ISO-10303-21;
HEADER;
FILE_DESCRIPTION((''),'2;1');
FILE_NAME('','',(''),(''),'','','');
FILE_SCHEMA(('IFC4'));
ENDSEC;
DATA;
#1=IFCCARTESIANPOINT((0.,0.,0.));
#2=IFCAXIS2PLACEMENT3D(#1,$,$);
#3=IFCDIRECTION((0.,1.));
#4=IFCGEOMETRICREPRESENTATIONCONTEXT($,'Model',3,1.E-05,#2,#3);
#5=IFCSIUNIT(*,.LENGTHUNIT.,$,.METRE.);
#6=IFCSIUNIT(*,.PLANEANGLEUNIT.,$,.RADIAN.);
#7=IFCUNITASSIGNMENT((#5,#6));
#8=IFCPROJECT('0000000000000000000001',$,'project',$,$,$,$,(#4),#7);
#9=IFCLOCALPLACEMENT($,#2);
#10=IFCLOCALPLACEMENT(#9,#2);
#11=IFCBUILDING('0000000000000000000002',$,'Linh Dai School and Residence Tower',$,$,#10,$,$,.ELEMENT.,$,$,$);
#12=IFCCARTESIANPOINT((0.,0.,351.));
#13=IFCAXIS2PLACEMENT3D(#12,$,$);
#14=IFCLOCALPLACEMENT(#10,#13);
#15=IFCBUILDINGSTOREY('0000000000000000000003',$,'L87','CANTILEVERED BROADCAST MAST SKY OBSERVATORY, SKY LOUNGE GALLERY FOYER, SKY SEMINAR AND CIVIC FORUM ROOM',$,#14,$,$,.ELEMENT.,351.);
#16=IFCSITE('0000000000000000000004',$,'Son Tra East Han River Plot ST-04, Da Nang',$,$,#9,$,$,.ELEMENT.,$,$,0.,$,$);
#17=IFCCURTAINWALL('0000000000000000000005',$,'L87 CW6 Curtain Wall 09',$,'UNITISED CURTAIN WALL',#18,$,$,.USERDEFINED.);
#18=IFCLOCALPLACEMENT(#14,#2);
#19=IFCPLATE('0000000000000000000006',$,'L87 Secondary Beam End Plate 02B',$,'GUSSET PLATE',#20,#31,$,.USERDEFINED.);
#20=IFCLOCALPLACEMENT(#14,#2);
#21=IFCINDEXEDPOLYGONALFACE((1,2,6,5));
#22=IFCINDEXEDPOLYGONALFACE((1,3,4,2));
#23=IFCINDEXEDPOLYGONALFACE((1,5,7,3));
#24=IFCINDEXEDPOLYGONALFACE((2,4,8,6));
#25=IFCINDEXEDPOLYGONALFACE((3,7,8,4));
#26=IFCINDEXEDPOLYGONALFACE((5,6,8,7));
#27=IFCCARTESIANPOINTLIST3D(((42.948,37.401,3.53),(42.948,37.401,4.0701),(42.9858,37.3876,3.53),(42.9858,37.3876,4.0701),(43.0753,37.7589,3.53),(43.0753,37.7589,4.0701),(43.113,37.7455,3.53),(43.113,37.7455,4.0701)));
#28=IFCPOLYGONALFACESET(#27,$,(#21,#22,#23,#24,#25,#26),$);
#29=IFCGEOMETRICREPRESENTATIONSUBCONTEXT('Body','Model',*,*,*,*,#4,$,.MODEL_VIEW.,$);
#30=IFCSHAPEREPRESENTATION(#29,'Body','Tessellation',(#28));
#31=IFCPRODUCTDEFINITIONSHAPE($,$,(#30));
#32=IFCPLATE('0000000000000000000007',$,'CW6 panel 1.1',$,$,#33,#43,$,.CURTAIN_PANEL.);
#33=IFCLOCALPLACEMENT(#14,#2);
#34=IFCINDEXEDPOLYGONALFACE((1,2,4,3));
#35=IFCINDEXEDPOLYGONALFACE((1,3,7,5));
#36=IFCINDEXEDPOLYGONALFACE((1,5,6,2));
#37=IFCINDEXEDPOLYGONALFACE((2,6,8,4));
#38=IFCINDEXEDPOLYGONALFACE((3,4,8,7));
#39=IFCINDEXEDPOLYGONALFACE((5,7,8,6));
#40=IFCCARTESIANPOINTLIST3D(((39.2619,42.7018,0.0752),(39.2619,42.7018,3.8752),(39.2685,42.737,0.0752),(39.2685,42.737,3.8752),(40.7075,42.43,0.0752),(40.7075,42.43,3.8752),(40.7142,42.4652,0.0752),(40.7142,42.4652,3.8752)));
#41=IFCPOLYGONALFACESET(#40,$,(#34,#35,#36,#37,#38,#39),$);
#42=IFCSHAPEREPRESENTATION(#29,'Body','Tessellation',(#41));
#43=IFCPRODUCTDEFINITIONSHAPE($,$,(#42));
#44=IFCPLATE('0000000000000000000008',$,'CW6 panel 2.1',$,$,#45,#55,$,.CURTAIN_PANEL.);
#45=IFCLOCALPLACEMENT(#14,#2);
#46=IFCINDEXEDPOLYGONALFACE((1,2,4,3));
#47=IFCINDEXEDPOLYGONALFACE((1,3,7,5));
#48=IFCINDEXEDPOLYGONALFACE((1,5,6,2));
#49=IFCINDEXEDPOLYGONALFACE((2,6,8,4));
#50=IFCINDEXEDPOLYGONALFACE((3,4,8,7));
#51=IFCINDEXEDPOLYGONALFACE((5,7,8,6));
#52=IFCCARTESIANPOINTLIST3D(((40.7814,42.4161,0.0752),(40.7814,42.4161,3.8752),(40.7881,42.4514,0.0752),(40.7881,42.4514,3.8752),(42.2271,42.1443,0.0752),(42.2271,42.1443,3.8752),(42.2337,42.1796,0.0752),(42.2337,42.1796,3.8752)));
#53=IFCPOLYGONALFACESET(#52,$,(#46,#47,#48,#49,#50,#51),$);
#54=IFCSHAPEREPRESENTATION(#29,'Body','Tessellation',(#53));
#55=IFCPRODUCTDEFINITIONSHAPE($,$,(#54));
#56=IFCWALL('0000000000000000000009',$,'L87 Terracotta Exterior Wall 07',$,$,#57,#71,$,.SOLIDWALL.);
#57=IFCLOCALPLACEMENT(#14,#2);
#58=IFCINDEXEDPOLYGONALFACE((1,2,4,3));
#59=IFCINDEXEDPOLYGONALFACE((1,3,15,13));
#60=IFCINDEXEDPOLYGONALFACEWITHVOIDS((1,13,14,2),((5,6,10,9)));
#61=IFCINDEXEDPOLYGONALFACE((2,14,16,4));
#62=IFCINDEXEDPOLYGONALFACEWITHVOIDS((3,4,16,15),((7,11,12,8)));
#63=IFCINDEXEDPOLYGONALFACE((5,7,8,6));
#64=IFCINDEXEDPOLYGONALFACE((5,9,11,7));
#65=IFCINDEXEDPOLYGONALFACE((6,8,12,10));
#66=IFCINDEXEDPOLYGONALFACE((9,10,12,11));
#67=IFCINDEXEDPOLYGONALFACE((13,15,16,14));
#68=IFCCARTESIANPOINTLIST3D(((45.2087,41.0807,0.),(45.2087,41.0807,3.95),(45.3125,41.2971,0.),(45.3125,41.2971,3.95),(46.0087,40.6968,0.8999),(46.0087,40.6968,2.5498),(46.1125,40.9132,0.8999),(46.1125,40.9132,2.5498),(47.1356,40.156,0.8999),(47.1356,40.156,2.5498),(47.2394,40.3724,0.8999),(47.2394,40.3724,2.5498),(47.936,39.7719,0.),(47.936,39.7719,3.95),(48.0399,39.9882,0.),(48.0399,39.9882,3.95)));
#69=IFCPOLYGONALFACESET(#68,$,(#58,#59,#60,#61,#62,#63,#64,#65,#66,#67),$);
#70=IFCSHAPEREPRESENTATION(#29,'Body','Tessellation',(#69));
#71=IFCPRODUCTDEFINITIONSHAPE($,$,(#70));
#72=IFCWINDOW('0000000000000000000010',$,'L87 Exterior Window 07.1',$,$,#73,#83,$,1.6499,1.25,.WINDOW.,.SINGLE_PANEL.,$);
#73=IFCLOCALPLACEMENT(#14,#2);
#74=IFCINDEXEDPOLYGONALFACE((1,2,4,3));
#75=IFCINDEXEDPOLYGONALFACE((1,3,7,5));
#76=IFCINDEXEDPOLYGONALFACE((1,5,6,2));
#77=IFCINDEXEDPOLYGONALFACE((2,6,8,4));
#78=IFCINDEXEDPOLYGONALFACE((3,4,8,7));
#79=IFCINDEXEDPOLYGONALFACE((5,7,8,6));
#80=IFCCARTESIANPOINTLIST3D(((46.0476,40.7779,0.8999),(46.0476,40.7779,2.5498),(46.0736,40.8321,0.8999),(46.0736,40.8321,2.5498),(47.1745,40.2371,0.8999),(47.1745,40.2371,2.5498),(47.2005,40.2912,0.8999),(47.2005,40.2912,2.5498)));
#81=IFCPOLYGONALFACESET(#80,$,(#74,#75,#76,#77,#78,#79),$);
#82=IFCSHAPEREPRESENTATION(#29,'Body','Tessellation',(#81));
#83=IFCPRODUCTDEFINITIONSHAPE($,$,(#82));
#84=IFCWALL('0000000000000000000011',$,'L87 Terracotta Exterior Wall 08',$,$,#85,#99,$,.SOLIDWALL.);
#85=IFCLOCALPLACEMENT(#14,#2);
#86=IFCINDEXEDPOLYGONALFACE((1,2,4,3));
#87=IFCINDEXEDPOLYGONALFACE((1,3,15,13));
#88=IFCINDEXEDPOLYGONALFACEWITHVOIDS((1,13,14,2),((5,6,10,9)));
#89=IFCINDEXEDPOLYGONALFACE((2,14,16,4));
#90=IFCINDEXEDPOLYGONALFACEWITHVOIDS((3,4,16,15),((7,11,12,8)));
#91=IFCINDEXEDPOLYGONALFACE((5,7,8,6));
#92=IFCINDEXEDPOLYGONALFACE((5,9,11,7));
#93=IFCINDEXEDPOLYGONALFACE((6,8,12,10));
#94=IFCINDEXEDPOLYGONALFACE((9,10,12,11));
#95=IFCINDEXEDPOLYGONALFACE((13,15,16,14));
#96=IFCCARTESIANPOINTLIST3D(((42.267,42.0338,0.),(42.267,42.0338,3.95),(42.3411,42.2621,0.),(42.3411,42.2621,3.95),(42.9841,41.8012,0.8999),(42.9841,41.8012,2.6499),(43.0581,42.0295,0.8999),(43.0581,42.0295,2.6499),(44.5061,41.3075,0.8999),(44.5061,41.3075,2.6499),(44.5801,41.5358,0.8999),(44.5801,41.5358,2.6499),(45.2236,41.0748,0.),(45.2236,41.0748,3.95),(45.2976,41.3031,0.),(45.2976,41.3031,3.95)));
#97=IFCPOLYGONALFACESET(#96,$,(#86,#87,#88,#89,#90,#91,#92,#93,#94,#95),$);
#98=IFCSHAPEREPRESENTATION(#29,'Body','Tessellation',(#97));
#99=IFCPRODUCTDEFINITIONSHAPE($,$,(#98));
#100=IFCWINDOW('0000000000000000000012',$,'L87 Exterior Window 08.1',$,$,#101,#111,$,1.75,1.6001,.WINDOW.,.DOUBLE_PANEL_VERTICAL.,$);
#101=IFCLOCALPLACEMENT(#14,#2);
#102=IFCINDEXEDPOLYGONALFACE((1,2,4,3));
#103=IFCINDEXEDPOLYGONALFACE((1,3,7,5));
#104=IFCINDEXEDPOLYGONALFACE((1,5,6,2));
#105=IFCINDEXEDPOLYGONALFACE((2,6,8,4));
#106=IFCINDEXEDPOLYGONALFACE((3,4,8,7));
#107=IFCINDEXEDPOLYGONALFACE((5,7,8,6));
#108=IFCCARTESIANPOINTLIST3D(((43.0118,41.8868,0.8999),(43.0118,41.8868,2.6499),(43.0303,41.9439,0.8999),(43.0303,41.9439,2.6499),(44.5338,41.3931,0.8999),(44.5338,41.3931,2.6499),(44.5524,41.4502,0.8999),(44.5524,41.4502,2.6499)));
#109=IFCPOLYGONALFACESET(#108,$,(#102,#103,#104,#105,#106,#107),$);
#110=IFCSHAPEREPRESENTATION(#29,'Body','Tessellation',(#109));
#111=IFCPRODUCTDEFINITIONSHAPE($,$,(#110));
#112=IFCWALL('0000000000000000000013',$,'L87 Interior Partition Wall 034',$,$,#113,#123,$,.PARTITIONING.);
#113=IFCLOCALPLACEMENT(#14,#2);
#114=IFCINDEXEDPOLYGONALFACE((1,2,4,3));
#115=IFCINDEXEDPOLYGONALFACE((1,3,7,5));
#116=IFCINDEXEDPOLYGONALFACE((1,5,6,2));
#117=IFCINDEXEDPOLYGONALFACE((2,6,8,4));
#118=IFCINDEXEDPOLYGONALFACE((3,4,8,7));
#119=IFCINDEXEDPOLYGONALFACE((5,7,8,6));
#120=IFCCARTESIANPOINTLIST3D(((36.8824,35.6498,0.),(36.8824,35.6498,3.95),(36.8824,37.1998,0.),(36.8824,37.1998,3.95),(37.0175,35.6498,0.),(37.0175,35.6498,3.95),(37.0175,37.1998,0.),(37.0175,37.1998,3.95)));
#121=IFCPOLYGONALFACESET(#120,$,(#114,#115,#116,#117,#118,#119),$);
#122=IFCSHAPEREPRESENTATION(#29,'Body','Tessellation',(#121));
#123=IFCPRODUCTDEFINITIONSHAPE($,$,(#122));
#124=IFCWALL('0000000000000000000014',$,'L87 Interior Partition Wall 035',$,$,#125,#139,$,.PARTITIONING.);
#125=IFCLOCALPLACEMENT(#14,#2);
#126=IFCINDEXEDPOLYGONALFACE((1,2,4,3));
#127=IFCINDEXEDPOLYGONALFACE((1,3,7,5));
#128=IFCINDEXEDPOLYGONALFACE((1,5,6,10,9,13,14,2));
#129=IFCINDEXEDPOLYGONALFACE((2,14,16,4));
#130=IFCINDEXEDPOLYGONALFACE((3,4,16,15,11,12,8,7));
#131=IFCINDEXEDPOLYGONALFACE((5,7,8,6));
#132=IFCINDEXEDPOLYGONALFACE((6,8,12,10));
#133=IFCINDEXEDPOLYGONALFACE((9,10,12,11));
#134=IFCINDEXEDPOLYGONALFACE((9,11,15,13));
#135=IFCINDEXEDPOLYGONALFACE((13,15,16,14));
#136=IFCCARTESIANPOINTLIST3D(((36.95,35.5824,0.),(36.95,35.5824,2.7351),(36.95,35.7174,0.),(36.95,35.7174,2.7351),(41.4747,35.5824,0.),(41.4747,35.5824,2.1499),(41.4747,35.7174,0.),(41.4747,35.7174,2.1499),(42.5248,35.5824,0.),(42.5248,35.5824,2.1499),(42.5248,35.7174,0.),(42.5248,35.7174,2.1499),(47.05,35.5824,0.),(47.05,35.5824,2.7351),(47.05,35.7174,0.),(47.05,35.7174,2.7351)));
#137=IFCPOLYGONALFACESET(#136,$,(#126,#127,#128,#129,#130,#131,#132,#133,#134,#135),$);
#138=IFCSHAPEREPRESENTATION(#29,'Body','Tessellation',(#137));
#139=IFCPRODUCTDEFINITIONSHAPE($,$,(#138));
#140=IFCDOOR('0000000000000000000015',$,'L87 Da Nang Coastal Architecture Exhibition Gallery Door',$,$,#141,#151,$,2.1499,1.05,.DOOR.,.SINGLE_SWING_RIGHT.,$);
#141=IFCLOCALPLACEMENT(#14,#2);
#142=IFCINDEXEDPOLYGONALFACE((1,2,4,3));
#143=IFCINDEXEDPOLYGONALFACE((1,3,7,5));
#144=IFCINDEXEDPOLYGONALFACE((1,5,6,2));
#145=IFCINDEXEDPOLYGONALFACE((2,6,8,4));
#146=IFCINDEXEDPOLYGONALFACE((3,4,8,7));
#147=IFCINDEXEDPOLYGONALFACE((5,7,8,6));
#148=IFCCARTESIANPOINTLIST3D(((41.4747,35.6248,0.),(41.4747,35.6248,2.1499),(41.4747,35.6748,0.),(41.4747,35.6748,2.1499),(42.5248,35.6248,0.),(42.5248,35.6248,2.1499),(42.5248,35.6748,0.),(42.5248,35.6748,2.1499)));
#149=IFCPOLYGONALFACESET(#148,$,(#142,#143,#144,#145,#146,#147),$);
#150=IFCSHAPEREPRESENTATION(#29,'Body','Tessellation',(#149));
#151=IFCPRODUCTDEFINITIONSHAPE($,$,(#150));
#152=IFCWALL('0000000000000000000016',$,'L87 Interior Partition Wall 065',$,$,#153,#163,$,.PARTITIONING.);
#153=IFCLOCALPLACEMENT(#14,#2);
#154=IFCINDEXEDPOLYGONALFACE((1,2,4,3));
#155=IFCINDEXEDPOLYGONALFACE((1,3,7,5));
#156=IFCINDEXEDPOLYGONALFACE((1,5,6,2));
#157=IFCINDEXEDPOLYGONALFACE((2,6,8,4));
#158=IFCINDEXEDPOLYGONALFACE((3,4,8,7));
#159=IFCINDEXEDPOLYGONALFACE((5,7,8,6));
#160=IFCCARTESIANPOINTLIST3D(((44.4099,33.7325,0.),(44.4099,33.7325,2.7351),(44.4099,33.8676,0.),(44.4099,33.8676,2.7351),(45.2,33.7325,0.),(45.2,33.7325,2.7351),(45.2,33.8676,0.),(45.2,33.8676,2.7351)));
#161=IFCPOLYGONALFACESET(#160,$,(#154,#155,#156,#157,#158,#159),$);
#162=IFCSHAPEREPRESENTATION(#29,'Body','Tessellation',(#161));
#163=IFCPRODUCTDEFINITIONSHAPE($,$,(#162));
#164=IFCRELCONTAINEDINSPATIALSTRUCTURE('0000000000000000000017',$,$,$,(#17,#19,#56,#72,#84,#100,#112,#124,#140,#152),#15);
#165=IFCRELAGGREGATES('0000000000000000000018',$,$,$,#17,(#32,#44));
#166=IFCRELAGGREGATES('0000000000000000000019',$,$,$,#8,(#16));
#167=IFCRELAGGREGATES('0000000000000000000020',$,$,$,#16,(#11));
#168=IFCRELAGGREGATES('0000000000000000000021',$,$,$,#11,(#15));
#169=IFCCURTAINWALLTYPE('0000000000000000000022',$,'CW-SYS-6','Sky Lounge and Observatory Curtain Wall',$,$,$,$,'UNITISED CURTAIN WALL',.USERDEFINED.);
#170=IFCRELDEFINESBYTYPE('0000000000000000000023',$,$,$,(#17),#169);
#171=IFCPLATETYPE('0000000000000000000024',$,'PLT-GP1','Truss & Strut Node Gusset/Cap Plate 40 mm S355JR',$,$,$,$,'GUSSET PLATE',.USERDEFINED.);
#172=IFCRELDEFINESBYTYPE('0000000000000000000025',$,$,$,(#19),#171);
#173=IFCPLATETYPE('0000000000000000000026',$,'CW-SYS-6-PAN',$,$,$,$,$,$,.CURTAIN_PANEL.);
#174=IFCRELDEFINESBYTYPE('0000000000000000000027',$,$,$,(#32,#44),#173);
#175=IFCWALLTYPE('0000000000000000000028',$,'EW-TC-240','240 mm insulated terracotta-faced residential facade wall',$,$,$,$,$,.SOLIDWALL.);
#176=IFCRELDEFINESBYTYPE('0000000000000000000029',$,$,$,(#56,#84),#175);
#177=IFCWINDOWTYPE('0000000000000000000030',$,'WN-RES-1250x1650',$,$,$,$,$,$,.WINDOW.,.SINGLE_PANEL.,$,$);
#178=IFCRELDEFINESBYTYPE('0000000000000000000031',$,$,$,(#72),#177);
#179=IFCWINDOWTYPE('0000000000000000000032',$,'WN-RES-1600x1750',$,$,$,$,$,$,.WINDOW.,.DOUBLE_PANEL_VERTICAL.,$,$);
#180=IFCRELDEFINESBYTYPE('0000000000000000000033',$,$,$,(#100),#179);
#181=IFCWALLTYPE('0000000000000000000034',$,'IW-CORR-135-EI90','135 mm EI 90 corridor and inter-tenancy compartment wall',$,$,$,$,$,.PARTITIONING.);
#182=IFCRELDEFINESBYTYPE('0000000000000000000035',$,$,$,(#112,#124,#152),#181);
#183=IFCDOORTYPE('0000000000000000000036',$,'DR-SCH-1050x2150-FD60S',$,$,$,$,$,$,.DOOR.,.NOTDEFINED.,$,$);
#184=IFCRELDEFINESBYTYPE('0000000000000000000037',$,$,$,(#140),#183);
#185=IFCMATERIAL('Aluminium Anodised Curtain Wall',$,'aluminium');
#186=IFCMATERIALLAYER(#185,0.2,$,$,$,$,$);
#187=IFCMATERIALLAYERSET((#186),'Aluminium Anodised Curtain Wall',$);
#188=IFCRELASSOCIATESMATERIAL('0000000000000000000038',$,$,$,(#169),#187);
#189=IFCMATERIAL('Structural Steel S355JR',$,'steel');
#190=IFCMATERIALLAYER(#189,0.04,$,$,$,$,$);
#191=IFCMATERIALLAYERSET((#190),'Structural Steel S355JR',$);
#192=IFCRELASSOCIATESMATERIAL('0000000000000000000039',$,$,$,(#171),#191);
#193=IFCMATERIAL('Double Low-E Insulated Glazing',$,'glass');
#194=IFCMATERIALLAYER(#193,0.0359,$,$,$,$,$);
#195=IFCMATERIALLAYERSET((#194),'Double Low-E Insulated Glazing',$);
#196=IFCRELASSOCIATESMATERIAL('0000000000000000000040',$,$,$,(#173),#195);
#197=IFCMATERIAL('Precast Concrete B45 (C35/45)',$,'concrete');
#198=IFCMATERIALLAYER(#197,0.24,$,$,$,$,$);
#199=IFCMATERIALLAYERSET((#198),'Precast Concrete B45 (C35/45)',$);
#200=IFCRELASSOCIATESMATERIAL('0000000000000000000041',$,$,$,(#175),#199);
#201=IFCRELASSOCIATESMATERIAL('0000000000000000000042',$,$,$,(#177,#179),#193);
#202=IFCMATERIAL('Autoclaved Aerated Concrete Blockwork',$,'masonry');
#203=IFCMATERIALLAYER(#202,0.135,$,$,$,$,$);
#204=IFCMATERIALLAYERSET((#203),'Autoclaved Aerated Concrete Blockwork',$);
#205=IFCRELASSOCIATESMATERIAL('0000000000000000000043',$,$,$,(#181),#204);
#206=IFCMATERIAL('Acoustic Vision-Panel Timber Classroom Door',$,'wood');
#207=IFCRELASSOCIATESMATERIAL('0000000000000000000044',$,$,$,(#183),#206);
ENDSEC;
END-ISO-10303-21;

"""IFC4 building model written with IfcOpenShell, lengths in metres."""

from ifc_helpers import new_model, si_unit, direction, frame, frame_2d, origin, origin_2d, place, context, subcontext, project, spatial, rectangle, extrude, source, transform, mapped, material, layer, layer_set, type_object, element, fill, aggregate, save


model = new_model("IFC4")

# Units and contexts
model_context = context("Model", 3, precision=1e-05, world=origin(), true_north=direction((0.0, 1.0)))
body_context = subcontext(model_context, "Body", "Model", "MODEL_VIEW")
ifc_project = project(units=[si_unit("LENGTHUNIT", "METRE"), si_unit("PLANEANGLEUNIT", "RADIAN")], contexts=[model_context])

# Site, building, storey
site_placement = place(None, origin())
site = spatial("IfcSite", under=ifc_project, at=site_placement, Name="Son Tra East Han River Plot ST-04, Da Nang", CompositionType="ELEMENT", RefElevation=0.0)
building_placement = place(site_placement, origin())
building = spatial("IfcBuilding", under=site, at=building_placement, Name="Linh Dai School and Residence Tower", CompositionType="ELEMENT")
storey_placement = place(building_placement, frame((0.0, 0.0, 351.0)))
storey = spatial("IfcBuildingStorey", under=building, at=storey_placement, Name="L87", Description="CANTILEVERED BROADCAST MAST SKY OBSERVATORY, SKY LOUNGE GALLERY FOYER, SKY SEMINAR AND CIVIC FORUM ROOM", CompositionType="ELEMENT", Elevation=351.0)

# Shared definitions
ifc_material_1 = material(Name="Structural Steel S355JR", Category="steel")

# Curtain wall
ifc_material_2 = material(Name="Aluminium Anodised Curtain Wall", Category="aluminium")
ifc_layer_1 = layer(ifc_material_2, 0.2)
ifc_layer_set_1 = layer_set([ifc_layer_1], Name="Aluminium Anodised Curtain Wall")
curtain_wall_type = type_object("IfcCurtainWallType", Name="CW-SYS-6", Description="Sky Lounge and Observatory Curtain Wall", ElementType="UNITISED CURTAIN WALL", PredefinedType="USERDEFINED", material=ifc_layer_set_1)
curtain_wall_placement = place(storey_placement, origin())
curtain_wall = element("IfcCurtainWall", 1, at=curtain_wall_placement, inside=storey, type_object=curtain_wall_type, Name="L87 CW6 Curtain Wall 09", ObjectType="UNITISED CURTAIN WALL", PredefinedType="USERDEFINED")

# Plates
ifc_layer_2 = layer(ifc_material_1, 0.04)
ifc_layer_set_2 = layer_set([ifc_layer_2], Name="Structural Steel S355JR")
plate_type_1 = type_object("IfcPlateType", Name="PLT-GP1", Description="Truss & Strut Node Gusset/Cap Plate 40 mm S355JR", ElementType="GUSSET PLATE", PredefinedType="USERDEFINED", material=ifc_layer_set_2)
shared_shape_1 = source(origin(), body_context, "Body", "SweptSolid", [
    extrude(rectangle(XDim=0.04, YDim=0.3799, at=origin_2d()), origin(), (0.0, 0.0, 1.0), 0.54),
])
plate_1_placement = place(storey_placement, frame((43.0305, 37.5732, 3.53), z_axis=(0.0, 0.0, 1.0), x_axis=(-0.942251, 0.334909, 0.0)))
element("IfcPlate", 2, at=plate_1_placement, inside=storey, type_object=plate_type_1, Name="L87 Secondary Beam End Plate 02B", ObjectType="GUSSET PLATE", PredefinedType="USERDEFINED", context=body_context, shape_type="MappedRepresentation", body=[
    mapped(shared_shape_1, transform((0.0, 0.0, 0.0), x_axis=(1.0, 0.0, 0.0), y_axis=(0.0, 1.0, 0.0), z_axis=(0.0, 0.0, 1.0), scale=1.0)),
])
ifc_material_3 = material(Name="Double Low-E Insulated Glazing", Category="glass")
ifc_layer_3 = layer(ifc_material_3, 0.0359)
ifc_layer_set_3 = layer_set([ifc_layer_3], Name="Double Low-E Insulated Glazing")
plate_type_2 = type_object("IfcPlateType", Name="CW-SYS-6-PAN", PredefinedType="CURTAIN_PANEL", material=ifc_layer_set_3)
shared_shape_2 = source(origin(), body_context, "Body", "SweptSolid", [
    extrude(rectangle(XDim=1.4709, YDim=0.0359, at=origin_2d()), origin(), (0.0, 0.0, 1.0), 3.8),
])
plate_2_placement = place(storey_placement, frame((39.988, 42.5835, 0.0752), z_axis=(0.0, 0.0, 1.0), x_axis=(0.982779, -0.184785, 0.0)))
plate_2 = element("IfcPlate", 3, at=plate_2_placement, type_object=plate_type_2, Name="CW6 panel 1.1", PredefinedType="CURTAIN_PANEL", context=body_context, shape_type="MappedRepresentation", body=[
    mapped(shared_shape_2, transform((0.0, 0.0, 0.0), x_axis=(1.0, 0.0, 0.0), y_axis=(0.0, 1.0, 0.0), z_axis=(0.0, 0.0, 1.0), scale=1.0)),
])
plate_3_placement = place(storey_placement, frame((41.5076, 42.2979, 0.0752), z_axis=(0.0, 0.0, 1.0), x_axis=(0.982779, -0.184785, 0.0)))
plate_3 = element("IfcPlate", 4, at=plate_3_placement, type_object=plate_type_2, Name="CW6 panel 2.1", PredefinedType="CURTAIN_PANEL", context=body_context, shape_type="MappedRepresentation", body=[
    mapped(shared_shape_2, transform((0.0, 0.0, 0.0), x_axis=(1.0, 0.0, 0.0), y_axis=(0.0, 1.0, 0.0), z_axis=(0.0, 0.0, 1.0), scale=1.0)),
])
aggregate(curtain_wall, [plate_2, plate_3])

# Walls, openings, windows
ifc_material_4 = material(Name="Precast Concrete B45 (C35/45)", Category="concrete")
ifc_layer_4 = layer(ifc_material_4, 0.24)
ifc_layer_set_4 = layer_set([ifc_layer_4], Name="Precast Concrete B45 (C35/45)")
wall_type_1 = type_object("IfcWallType", Name="EW-TC-240", Description="240 mm insulated terracotta-faced residential facade wall", PredefinedType="SOLIDWALL", material=ifc_layer_set_4)
wall_1_placement = place(storey_placement, frame((45.2605, 41.189, 0.0), z_axis=(0.0, 0.0, 1.0), x_axis=(0.901557, -0.43266, 0.0)))
wall_1 = element("IfcWall", 5, at=wall_1_placement, inside=storey, type_object=wall_type_1, Name="L87 Terracotta Exterior Wall 07", PredefinedType="SOLIDWALL", context=body_context, shape_type="SweptSolid", body=[
    extrude(rectangle(XDim=3.0251, YDim=0.24, at=frame_2d((1.5127, 0.0))), origin(), (0.0, 0.0, 1.0), 3.95),
])
opening_1_placement = place(wall_1_placement, frame((0.8875, 0.0, 0.8999)))
opening_1 = element("IfcOpeningElement", 6, at=opening_1_placement, cuts=wall_1, PredefinedType="OPENING", context=body_context, shape_type="SweptSolid", body=[
    extrude(rectangle(XDim=1.25, YDim=1.6499, at=origin_2d()), frame((0.625, 0.1299, 0.825), z_axis=(0.0, -1.0, 0.0), x_axis=(1.0, 0.0, 0.0)), (0.0, 0.0, 1.0), 0.26),
])
window_type_1 = type_object("IfcWindowType", Name="WN-RES-1250x1650", PartitioningType="SINGLE_PANEL", PredefinedType="WINDOW", material=ifc_material_3)
shared_shape_3 = source(origin(), body_context, "Body", "SweptSolid", [
    extrude(rectangle(XDim=1.25, YDim=1.6499, at=origin_2d()), frame((0.625, 0.03, 0.825), z_axis=(0.0, -1.0, 0.0), x_axis=(1.0, 0.0, 0.0)), (0.0, 0.0, 1.0), 0.0601),
])
window_1_placement = place(opening_1_placement, origin())
window_1 = element("IfcWindow", 7, at=window_1_placement, inside=storey, type_object=window_type_1, Name="L87 Exterior Window 07.1", OverallHeight=1.6499, OverallWidth=1.25, PartitioningType="SINGLE_PANEL", PredefinedType="WINDOW", context=body_context, shape_type="MappedRepresentation", body=[
    mapped(shared_shape_3, transform((0.0, 0.0, 0.0), x_axis=(1.0, 0.0, 0.0), y_axis=(0.0, 1.0, 0.0), z_axis=(0.0, 0.0, 1.0), scale=1.0)),
])
fill(opening_1, window_1)
wall_2_placement = place(storey_placement, frame((42.304, 42.1479, 0.0), z_axis=(0.0, 0.0, 1.0), x_axis=(0.951213, -0.308535, 0.0)))
wall_2 = element("IfcWall", 8, at=wall_2_placement, inside=storey, type_object=wall_type_1, Name="L87 Terracotta Exterior Wall 08", PredefinedType="SOLIDWALL", context=body_context, shape_type="SweptSolid", body=[
    extrude(rectangle(XDim=3.1082, YDim=0.24, at=frame_2d((1.5542, 0.0))), origin(), (0.0, 0.0, 1.0), 3.95),
])
opening_2_placement = place(wall_2_placement, frame((0.7539, 0.0, 0.8999)))
opening_2 = element("IfcOpeningElement", 9, at=opening_2_placement, cuts=wall_2, PredefinedType="OPENING", context=body_context, shape_type="SweptSolid", body=[
    extrude(rectangle(XDim=1.6001, YDim=1.75, at=origin_2d()), frame((0.8, 0.1299, 0.875), z_axis=(0.0, -1.0, 0.0), x_axis=(1.0, 0.0, 0.0)), (0.0, 0.0, 1.0), 0.26),
])
window_type_2 = type_object("IfcWindowType", Name="WN-RES-1600x1750", PartitioningType="DOUBLE_PANEL_VERTICAL", PredefinedType="WINDOW", material=ifc_material_3)
shared_shape_4 = source(origin(), body_context, "Body", "SweptSolid", [
    extrude(rectangle(XDim=1.6001, YDim=1.75, at=origin_2d()), frame((0.8, 0.03, 0.875), z_axis=(0.0, -1.0, 0.0), x_axis=(1.0, 0.0, 0.0)), (0.0, 0.0, 1.0), 0.0601),
])
window_2_placement = place(opening_2_placement, origin())
window_2 = element("IfcWindow", 10, at=window_2_placement, inside=storey, type_object=window_type_2, Name="L87 Exterior Window 08.1", OverallHeight=1.75, OverallWidth=1.6001, PartitioningType="DOUBLE_PANEL_VERTICAL", PredefinedType="WINDOW", context=body_context, shape_type="MappedRepresentation", body=[
    mapped(shared_shape_4, transform((0.0, 0.0, 0.0), x_axis=(1.0, 0.0, 0.0), y_axis=(0.0, 1.0, 0.0), z_axis=(0.0, 0.0, 1.0), scale=1.0)),
])
fill(opening_2, window_2)

# Wall
ifc_material_5 = material(Name="Autoclaved Aerated Concrete Blockwork", Category="masonry")
ifc_layer_5 = layer(ifc_material_5, 0.135)
ifc_layer_set_5 = layer_set([ifc_layer_5], Name="Autoclaved Aerated Concrete Blockwork")
wall_type_2 = type_object("IfcWallType", Name="IW-CORR-135-EI90", Description="135 mm EI 90 corridor and inter-tenancy compartment wall", PredefinedType="PARTITIONING", material=ifc_layer_set_5)
wall_3_placement = place(storey_placement, frame((36.95, 35.6499, 0.0), z_axis=(0.0, 0.0, 1.0), x_axis=(0.0, 1.0, 0.0)))
element("IfcWall", 11, at=wall_3_placement, inside=storey, type_object=wall_type_2, Name="L87 Interior Partition Wall 034", PredefinedType="PARTITIONING", context=body_context, shape_type="SweptSolid", body=[
    extrude(rectangle(XDim=1.55, YDim=0.135, at=frame_2d((0.7749, 0.0))), origin(), (0.0, 0.0, 1.0), 3.95),
])

# Wall, opening, door
wall_4_placement = place(storey_placement, frame((36.95, 35.6499, 0.0), z_axis=(0.0, 0.0, 1.0), x_axis=(1.0, 0.0, 0.0)))
wall_4 = element("IfcWall", 12, at=wall_4_placement, inside=storey, type_object=wall_type_2, Name="L87 Interior Partition Wall 035", PredefinedType="PARTITIONING", context=body_context, shape_type="SweptSolid", body=[
    extrude(rectangle(XDim=10.1001, YDim=0.135, at=frame_2d((5.05, 0.0))), origin(), (0.0, 0.0, 1.0), 2.7351),
])
opening_3_placement = place(wall_4_placement, frame((4.5249, 0.0, 0.0)))
opening_3 = element("IfcOpeningElement", 13, at=opening_3_placement, cuts=wall_4, PredefinedType="OPENING", context=body_context, shape_type="SweptSolid", body=[
    extrude(rectangle(XDim=1.05, YDim=2.1499, at=origin_2d()), frame((0.5249, 0.0776, 1.075), z_axis=(0.0, -1.0, 0.0), x_axis=(1.0, 0.0, 0.0)), (0.0, 0.0, 1.0), 0.155),
])
ifc_material_6 = material(Name="Acoustic Vision-Panel Timber Classroom Door", Category="wood")
door_type = type_object("IfcDoorType", Name="DR-SCH-1050x2150-FD60S", OperationType="NOTDEFINED", PredefinedType="DOOR", material=ifc_material_6)
shared_shape_5 = source(origin(), body_context, "Body", "SweptSolid", [
    extrude(rectangle(XDim=1.05, YDim=2.1499, at=origin_2d()), frame((0.5249, 0.0249, 1.075), z_axis=(0.0, -1.0, 0.0), x_axis=(1.0, 0.0, 0.0)), (0.0, 0.0, 1.0), 0.05),
])
door_placement = place(opening_3_placement, origin())
door = element("IfcDoor", 14, at=door_placement, inside=storey, type_object=door_type, Name="L87 Da Nang Coastal Architecture Exhibition Gallery Door", OperationType="SINGLE_SWING_RIGHT", OverallHeight=2.1499, OverallWidth=1.05, PredefinedType="DOOR", context=body_context, shape_type="MappedRepresentation", body=[
    mapped(shared_shape_5, transform((0.0, 0.0, 0.0), x_axis=(1.0, 0.0, 0.0), y_axis=(0.0, 1.0, 0.0), z_axis=(0.0, 0.0, 1.0), scale=1.0)),
])
fill(opening_3, door)

# Wall
wall_5_placement = place(storey_placement, frame((45.2, 33.8, 0.0), z_axis=(0.0, 0.0, 1.0), x_axis=(-1.0, 0.0, 0.0)))
element("IfcWall", 15, at=wall_5_placement, inside=storey, type_object=wall_type_2, Name="L87 Interior Partition Wall 065", PredefinedType="PARTITIONING", context=body_context, shape_type="SweptSolid", body=[
    extrude(rectangle(XDim=0.79, YDim=0.135, at=frame_2d((0.395, 0.0))), origin(), (0.0, 0.0, 1.0), 2.7351),
])

save(model, "model.ifc")
